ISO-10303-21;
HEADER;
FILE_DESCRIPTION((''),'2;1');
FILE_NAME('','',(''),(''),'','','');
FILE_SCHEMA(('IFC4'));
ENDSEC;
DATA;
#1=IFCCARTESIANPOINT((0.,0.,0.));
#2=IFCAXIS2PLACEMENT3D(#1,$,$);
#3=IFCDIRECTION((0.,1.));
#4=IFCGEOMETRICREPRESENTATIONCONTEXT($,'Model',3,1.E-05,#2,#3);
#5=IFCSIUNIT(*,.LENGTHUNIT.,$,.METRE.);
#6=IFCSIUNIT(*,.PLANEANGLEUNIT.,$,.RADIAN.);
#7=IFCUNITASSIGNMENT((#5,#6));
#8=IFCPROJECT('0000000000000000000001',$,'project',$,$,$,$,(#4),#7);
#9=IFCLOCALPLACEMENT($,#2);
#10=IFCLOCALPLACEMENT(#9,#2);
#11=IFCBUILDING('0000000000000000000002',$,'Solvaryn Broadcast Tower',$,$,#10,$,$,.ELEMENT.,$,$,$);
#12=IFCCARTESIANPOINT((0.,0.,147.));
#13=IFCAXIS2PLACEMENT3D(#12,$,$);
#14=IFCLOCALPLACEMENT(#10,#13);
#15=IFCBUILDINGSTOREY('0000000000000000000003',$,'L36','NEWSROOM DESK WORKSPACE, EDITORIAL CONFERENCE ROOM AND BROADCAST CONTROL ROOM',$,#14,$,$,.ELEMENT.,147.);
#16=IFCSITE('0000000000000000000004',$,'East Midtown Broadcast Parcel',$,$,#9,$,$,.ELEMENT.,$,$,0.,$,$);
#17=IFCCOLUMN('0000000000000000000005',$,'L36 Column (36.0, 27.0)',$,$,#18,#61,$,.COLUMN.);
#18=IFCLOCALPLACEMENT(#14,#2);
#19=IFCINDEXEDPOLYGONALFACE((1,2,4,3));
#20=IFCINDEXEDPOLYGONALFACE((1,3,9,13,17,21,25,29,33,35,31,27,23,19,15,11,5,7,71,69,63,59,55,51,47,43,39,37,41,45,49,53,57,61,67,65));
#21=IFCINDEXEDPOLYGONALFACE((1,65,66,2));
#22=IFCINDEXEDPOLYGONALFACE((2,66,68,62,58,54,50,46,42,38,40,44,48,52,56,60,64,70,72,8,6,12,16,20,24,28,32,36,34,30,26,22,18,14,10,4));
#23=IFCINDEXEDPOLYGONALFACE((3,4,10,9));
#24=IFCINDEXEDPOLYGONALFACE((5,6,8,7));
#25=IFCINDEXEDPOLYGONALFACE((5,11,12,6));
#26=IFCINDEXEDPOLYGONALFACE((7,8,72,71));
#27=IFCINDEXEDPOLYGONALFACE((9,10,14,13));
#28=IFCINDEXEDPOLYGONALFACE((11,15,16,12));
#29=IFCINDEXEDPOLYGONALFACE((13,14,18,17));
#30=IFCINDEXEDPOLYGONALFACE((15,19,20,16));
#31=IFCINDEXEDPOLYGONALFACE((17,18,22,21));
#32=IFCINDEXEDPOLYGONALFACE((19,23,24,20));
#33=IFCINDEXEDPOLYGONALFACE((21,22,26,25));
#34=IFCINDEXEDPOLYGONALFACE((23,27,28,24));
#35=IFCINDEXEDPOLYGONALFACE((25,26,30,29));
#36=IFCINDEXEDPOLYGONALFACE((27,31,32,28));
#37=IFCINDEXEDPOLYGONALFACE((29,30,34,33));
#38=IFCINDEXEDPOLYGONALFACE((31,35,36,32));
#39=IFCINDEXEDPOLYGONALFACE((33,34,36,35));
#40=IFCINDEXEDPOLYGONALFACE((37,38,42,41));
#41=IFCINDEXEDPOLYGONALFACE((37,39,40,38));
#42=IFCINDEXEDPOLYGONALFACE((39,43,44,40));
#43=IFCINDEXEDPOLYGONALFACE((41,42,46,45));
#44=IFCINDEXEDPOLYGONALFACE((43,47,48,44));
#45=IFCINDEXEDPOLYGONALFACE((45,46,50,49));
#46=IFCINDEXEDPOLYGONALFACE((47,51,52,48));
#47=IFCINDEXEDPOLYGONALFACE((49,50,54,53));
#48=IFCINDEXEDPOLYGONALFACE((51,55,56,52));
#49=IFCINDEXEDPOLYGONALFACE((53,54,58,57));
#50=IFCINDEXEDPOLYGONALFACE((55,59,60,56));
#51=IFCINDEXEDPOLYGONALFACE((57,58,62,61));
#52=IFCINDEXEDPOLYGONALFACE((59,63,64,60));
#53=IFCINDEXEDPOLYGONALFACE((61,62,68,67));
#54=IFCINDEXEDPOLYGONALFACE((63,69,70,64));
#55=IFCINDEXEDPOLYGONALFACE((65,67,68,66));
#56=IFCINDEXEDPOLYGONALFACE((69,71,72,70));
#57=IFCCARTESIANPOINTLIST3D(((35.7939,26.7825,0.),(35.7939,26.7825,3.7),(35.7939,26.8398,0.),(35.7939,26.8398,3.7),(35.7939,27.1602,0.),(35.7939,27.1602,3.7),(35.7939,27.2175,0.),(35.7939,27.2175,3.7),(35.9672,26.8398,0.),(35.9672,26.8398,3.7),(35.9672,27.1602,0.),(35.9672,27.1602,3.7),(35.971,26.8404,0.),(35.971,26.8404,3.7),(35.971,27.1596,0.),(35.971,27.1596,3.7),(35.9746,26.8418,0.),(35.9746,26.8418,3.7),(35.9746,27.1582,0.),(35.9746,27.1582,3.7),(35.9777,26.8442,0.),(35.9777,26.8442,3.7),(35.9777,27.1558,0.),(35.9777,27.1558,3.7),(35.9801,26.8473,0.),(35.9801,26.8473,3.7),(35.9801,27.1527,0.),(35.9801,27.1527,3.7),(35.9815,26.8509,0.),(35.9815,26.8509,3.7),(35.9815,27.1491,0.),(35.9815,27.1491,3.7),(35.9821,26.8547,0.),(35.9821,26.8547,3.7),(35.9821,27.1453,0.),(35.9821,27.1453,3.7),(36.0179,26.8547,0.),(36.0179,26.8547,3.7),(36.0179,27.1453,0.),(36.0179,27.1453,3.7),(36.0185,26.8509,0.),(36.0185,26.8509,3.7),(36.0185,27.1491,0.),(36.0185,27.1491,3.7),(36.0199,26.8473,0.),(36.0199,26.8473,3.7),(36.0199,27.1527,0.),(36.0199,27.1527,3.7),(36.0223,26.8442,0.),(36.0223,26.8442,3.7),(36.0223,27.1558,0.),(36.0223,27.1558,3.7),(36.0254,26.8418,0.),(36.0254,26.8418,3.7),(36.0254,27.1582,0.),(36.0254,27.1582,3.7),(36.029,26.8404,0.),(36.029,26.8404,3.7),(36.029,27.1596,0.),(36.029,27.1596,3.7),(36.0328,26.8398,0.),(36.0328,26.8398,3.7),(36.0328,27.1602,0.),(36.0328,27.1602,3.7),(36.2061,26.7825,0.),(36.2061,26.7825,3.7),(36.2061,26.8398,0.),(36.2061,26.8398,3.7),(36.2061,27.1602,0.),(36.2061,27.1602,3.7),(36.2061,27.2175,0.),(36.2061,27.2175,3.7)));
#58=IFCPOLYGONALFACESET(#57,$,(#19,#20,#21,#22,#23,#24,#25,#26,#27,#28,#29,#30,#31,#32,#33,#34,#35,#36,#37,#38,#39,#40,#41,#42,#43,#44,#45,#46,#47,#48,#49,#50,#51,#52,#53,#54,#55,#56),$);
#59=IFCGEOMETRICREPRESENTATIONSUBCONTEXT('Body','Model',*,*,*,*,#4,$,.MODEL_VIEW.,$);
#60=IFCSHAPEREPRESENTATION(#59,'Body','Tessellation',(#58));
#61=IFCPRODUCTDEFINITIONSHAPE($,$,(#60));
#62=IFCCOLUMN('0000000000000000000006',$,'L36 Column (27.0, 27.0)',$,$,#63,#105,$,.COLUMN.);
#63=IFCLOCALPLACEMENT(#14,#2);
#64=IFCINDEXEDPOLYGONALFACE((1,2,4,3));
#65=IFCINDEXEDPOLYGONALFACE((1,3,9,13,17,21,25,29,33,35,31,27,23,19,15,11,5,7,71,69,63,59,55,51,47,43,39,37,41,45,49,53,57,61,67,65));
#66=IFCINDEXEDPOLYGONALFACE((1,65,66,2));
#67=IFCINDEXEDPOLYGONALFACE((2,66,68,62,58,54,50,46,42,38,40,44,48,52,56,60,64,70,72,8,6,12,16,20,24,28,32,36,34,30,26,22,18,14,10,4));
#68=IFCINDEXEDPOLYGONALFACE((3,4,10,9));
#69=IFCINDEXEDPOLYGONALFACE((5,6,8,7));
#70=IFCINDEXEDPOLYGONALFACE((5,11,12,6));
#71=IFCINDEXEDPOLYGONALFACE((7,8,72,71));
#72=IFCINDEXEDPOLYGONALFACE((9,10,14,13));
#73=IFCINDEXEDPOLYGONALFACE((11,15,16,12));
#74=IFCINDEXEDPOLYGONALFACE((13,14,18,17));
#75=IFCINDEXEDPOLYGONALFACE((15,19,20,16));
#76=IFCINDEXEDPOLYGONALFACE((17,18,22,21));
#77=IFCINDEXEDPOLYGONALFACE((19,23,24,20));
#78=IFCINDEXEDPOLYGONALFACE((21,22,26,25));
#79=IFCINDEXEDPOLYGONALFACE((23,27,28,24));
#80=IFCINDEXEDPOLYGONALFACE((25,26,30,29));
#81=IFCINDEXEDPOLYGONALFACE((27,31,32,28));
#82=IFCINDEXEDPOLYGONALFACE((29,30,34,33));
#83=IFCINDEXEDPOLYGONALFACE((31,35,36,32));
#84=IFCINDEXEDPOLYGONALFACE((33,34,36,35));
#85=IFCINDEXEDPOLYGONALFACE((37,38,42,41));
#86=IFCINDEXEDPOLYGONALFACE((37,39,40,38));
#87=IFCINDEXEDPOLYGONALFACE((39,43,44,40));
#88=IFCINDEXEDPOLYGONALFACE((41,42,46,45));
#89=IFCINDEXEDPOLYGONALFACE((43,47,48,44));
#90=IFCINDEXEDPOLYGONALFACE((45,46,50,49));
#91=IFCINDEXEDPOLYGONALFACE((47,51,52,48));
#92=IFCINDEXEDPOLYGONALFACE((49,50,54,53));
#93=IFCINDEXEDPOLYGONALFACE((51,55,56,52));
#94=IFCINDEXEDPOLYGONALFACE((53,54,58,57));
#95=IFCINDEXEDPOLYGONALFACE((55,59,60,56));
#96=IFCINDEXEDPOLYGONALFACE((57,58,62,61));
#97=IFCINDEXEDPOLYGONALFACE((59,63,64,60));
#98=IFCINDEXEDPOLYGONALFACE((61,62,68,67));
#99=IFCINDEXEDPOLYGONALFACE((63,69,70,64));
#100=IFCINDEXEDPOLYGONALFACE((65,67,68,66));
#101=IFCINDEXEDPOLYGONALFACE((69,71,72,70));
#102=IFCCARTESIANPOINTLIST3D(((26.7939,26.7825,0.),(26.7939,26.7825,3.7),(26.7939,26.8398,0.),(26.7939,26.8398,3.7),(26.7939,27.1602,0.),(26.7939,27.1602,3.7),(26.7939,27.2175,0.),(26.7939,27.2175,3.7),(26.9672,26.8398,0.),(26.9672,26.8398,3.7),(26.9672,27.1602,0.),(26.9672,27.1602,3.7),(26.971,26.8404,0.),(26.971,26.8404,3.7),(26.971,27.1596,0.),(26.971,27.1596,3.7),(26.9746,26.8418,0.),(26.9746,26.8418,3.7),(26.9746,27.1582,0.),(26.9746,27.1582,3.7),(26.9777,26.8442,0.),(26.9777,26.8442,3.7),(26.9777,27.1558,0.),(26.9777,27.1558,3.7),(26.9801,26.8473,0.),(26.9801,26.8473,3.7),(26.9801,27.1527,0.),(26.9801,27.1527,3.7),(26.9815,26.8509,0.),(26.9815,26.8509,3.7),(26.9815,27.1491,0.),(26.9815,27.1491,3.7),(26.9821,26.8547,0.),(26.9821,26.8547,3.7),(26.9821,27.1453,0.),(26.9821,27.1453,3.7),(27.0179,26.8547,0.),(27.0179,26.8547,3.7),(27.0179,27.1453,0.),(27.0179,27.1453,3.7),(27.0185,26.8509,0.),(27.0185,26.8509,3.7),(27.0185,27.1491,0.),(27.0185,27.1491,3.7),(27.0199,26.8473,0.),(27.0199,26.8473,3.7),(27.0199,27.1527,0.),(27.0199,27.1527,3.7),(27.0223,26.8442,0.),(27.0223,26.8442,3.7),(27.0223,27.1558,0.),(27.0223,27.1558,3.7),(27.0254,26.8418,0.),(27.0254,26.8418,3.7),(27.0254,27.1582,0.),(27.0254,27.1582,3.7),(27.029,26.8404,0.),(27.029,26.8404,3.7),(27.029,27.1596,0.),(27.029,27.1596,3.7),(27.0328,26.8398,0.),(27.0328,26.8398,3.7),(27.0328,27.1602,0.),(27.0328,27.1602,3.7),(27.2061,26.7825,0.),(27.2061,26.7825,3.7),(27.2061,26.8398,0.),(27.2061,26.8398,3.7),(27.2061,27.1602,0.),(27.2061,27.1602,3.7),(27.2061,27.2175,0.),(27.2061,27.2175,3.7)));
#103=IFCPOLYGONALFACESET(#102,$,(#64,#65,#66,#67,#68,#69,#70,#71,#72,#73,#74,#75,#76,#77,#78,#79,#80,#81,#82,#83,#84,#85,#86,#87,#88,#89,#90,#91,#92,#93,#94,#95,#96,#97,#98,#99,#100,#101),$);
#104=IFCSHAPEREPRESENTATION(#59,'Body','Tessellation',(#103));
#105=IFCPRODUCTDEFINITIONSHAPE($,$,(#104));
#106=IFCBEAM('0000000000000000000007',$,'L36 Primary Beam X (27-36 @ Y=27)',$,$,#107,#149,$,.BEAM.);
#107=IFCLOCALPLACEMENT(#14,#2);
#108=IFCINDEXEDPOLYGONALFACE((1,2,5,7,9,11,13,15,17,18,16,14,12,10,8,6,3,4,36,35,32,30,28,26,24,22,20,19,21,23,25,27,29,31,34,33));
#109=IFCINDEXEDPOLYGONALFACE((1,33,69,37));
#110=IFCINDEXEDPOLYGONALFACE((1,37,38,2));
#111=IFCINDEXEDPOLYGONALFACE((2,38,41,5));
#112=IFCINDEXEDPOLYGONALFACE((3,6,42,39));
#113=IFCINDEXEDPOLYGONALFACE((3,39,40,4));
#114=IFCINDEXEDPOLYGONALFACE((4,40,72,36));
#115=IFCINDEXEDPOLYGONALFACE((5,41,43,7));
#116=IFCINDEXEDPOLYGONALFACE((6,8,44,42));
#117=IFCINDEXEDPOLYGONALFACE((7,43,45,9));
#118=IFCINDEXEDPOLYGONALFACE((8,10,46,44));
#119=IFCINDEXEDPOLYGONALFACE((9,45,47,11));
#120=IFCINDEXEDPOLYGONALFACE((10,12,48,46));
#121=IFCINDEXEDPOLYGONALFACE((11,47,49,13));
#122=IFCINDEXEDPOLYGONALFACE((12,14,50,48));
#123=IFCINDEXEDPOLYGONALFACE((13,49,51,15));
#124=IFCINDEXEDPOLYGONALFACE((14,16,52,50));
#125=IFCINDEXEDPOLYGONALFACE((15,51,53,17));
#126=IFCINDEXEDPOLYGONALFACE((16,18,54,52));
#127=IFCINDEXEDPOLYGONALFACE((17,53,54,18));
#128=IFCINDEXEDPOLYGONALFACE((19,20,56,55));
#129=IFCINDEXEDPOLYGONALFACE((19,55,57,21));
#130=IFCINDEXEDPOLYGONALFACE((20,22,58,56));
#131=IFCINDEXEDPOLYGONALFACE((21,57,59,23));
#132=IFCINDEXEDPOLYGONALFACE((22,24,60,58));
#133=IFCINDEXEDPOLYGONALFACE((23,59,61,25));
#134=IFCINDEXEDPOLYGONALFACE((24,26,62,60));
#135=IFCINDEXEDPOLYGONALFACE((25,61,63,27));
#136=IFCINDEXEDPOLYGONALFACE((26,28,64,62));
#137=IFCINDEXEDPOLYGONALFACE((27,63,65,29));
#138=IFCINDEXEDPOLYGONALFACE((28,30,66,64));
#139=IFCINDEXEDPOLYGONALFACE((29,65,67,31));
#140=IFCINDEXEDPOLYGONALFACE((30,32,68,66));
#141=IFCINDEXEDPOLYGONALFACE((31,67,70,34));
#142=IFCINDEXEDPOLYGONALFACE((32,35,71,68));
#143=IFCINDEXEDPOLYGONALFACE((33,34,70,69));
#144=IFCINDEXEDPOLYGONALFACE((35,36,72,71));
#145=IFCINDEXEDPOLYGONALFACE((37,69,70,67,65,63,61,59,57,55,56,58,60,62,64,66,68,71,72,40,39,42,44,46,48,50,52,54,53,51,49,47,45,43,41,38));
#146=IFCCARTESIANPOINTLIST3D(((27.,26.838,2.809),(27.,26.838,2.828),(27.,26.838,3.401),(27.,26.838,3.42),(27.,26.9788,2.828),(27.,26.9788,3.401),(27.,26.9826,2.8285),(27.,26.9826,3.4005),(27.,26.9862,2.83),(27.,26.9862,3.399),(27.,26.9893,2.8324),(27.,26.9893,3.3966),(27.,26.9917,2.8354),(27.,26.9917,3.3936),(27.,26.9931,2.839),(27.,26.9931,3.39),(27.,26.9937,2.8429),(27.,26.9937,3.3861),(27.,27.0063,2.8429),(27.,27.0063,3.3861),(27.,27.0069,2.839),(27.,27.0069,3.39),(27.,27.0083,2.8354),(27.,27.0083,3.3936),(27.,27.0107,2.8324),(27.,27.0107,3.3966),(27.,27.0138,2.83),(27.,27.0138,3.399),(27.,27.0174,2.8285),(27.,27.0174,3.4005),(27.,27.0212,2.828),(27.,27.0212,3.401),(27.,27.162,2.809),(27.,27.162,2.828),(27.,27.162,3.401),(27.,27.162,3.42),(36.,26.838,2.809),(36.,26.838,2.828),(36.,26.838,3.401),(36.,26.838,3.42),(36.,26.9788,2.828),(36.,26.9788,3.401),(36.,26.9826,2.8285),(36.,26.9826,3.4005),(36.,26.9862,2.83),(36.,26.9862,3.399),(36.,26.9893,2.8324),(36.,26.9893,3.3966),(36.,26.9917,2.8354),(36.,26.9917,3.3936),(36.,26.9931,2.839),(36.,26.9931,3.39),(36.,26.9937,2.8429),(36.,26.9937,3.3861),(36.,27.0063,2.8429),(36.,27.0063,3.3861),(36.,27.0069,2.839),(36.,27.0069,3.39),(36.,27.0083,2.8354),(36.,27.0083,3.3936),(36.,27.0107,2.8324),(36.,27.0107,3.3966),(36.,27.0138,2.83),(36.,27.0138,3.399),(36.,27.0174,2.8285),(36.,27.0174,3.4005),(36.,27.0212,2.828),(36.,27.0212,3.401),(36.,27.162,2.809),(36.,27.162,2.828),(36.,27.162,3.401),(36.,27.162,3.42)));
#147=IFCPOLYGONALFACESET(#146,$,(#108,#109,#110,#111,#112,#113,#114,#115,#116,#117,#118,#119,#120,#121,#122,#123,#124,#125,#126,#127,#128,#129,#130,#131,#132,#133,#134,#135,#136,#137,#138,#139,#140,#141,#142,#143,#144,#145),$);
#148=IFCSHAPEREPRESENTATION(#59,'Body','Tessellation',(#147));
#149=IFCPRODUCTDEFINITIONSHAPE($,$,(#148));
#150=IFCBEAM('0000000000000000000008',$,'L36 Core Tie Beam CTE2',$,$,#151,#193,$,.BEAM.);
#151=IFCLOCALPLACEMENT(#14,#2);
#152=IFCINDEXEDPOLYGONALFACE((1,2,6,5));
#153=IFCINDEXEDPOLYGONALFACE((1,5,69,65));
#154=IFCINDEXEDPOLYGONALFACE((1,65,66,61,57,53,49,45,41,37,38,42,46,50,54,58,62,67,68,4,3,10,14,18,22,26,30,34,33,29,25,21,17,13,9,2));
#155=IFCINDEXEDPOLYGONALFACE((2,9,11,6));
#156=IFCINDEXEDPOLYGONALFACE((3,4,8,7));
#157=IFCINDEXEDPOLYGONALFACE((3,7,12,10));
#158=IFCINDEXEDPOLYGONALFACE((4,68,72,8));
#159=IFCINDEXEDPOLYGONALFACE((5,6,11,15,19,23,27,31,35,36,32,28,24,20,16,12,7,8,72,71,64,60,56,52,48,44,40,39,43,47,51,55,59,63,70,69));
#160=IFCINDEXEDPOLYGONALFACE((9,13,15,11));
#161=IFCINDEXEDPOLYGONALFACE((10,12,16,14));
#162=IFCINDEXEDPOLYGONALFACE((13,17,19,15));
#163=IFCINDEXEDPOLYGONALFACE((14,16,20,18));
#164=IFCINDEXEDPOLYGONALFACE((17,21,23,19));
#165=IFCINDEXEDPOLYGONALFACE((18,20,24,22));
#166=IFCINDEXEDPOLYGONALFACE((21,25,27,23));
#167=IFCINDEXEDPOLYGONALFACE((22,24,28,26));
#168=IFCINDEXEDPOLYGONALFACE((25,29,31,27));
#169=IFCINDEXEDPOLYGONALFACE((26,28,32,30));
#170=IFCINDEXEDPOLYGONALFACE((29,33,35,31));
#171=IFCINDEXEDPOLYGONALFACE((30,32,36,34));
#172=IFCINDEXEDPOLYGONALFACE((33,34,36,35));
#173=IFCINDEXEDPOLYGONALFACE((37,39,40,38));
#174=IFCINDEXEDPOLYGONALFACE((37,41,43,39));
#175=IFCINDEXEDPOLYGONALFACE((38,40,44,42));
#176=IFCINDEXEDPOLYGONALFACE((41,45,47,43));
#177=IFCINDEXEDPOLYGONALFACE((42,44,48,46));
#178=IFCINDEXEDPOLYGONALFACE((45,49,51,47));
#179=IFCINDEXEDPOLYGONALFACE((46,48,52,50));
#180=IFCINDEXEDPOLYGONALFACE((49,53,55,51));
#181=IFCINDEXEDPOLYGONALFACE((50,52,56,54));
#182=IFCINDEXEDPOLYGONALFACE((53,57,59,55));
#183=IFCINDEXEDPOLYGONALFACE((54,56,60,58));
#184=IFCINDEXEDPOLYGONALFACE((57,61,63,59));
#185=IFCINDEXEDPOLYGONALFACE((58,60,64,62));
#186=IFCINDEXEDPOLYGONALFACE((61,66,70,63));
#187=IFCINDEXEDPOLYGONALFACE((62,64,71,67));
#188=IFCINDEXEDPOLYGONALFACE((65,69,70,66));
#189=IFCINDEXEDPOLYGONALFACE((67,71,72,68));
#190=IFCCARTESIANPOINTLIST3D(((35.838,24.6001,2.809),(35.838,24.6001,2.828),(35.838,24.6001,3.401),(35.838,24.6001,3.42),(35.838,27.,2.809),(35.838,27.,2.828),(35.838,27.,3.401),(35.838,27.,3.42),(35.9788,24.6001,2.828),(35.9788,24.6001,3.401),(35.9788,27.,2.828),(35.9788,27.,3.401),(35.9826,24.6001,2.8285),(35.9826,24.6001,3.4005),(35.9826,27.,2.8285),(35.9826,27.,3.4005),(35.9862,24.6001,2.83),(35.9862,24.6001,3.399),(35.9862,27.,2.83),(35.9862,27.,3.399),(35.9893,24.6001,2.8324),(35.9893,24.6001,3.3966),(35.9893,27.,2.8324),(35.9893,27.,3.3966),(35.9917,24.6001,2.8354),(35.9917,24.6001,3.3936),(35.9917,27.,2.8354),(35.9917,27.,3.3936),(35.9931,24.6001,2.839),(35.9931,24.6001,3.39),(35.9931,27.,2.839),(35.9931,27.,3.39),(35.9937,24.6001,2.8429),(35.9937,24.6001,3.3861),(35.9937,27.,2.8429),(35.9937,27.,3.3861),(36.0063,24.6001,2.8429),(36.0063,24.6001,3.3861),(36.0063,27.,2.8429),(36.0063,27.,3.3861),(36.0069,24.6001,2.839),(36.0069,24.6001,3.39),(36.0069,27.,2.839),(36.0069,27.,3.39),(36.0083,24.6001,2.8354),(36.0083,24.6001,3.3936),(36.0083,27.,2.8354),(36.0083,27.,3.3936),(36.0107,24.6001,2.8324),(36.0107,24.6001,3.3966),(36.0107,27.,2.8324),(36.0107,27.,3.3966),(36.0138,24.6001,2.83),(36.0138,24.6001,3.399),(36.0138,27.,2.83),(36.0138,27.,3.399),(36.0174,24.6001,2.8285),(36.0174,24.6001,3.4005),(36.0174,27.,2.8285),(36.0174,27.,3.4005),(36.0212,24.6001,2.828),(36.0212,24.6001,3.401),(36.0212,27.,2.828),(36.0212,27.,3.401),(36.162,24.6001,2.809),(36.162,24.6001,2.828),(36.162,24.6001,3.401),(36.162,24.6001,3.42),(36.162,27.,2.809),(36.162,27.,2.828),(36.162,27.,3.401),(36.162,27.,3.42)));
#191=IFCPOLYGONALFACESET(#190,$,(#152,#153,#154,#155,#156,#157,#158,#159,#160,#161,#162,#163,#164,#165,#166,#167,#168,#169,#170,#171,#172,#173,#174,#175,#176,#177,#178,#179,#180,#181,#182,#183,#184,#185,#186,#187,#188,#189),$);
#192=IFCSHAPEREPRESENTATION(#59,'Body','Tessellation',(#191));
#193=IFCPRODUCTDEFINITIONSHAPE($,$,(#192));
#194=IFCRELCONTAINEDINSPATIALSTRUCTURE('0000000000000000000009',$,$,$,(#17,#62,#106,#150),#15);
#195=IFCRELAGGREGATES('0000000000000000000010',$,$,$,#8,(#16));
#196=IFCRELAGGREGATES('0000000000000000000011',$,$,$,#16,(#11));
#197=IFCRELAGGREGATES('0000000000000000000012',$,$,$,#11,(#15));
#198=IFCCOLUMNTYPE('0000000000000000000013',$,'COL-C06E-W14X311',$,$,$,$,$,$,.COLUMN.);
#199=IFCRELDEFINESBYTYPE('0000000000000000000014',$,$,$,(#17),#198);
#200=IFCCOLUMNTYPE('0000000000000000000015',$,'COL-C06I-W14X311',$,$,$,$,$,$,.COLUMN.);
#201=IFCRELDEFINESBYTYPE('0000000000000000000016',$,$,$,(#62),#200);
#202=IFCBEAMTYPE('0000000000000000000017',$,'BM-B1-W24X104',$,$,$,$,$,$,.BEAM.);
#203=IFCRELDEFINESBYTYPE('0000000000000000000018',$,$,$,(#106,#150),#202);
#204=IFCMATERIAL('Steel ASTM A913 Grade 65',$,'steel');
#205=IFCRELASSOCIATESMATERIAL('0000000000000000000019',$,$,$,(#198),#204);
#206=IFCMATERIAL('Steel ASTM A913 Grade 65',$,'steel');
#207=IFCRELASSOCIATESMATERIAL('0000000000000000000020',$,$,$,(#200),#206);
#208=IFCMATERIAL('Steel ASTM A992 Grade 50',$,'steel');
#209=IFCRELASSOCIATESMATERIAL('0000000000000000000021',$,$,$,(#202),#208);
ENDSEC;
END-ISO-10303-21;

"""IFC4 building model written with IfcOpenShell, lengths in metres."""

from ifc_helpers import new_model, si_unit, direction, frame, origin, origin_2d, place, context, subcontext, project, spatial, i_section, extrude, material, material_profile, profile_set, type_object, element, save


model = new_model("IFC4")

# Units and contexts
model_context = context("Model", 3, precision=1e-05, world=origin(), true_north=direction((0.0, 1.0)))
body_context = subcontext(model_context, "Body", "Model", "MODEL_VIEW")
ifc_project = project(units=[si_unit("LENGTHUNIT", "METRE"), si_unit("PLANEANGLEUNIT", "RADIAN")], contexts=[model_context])

# Site, building, storey
site_placement = place(None, origin())
site = spatial("IfcSite", under=ifc_project, at=site_placement, Name="East Midtown Broadcast Parcel", CompositionType="ELEMENT", RefElevation=0.0)
building_placement = place(site_placement, origin())
building = spatial("IfcBuilding", under=site, at=building_placement, Name="Solvaryn Broadcast Tower", CompositionType="ELEMENT")
storey_placement = place(building_placement, frame((0.0, 0.0, 147.0)))
storey = spatial("IfcBuildingStorey", under=building, at=storey_placement, Name="L36", Description="NEWSROOM DESK WORKSPACE, EDITORIAL CONFERENCE ROOM AND BROADCAST CONTROL ROOM", CompositionType="ELEMENT", Elevation=147.0)

# Columns
ifc_material_1 = material(Name="Steel ASTM A913 Grade 65", Category="steel")
ifc_material_profile_1 = material_profile(ifc_material_1, i_section(OverallWidth=0.4121, OverallDepth=0.4351, WebThickness=0.0359, FlangeThickness=0.0574, FilletRadius=0.0149, at=origin_2d()))
ifc_profile_set_1 = profile_set([ifc_material_profile_1], Name="Steel ASTM A913 Grade 65")
column_type_1 = type_object("IfcColumnType", Name="COL-C06E-W14X311", PredefinedType="COLUMN", material=ifc_profile_set_1)
column_1_placement = place(storey_placement, frame((36.0, 27.0, 0.0), z_axis=(0.0, 0.0, 1.0), x_axis=(1.0, 0.0, 0.0)))
element("IfcColumn", 1, at=column_1_placement, inside=storey, type_object=column_type_1, Name="L36 Column (36.0, 27.0)", PredefinedType="COLUMN", context=body_context, shape_type="SweptSolid", body=[
    extrude(i_section(OverallWidth=0.4121, OverallDepth=0.4351, WebThickness=0.0359, FlangeThickness=0.0574, FilletRadius=0.0149, at=origin_2d()), origin(), (0.0, 0.0, 1.0), 3.7),
])
ifc_material_2 = material(Name="Steel ASTM A913 Grade 65", Category="steel")
ifc_material_profile_2 = material_profile(ifc_material_2, i_section(OverallWidth=0.4121, OverallDepth=0.4351, WebThickness=0.0359, FlangeThickness=0.0574, FilletRadius=0.0149, at=origin_2d()))
ifc_profile_set_2 = profile_set([ifc_material_profile_2], Name="Steel ASTM A913 Grade 65")
column_type_2 = type_object("IfcColumnType", Name="COL-C06I-W14X311", PredefinedType="COLUMN", material=ifc_profile_set_2)
column_2_placement = place(storey_placement, frame((27.0, 27.0, 0.0), z_axis=(0.0, 0.0, 1.0), x_axis=(1.0, 0.0, 0.0)))
element("IfcColumn", 2, at=column_2_placement, inside=storey, type_object=column_type_2, Name="L36 Column (27.0, 27.0)", PredefinedType="COLUMN", context=body_context, shape_type="SweptSolid", body=[
    extrude(i_section(OverallWidth=0.4121, OverallDepth=0.4351, WebThickness=0.0359, FlangeThickness=0.0574, FilletRadius=0.0149, at=origin_2d()), origin(), (0.0, 0.0, 1.0), 3.7),
])

# Beams
ifc_material_3 = material(Name="Steel ASTM A992 Grade 50", Category="steel")
ifc_material_profile_3 = material_profile(ifc_material_3, i_section(OverallWidth=0.324, OverallDepth=0.6111, WebThickness=0.0127, FlangeThickness=0.019, FilletRadius=0.0149, at=origin_2d()))
ifc_profile_set_3 = profile_set([ifc_material_profile_3], Name="Steel ASTM A992 Grade 50")
beam_type_1 = type_object("IfcBeamType", Name="BM-B1-W24X104", PredefinedType="BEAM", material=ifc_profile_set_3)
beam_1_placement = place(storey_placement, frame((27.0, 27.0, 3.1145), z_axis=(1.0, 0.0, 0.0), x_axis=(0.0, 1.0, 0.0)))
element("IfcBeam", 3, at=beam_1_placement, inside=storey, type_object=beam_type_1, Name="L36 Primary Beam X (27-36 @ Y=27)", PredefinedType="BEAM", context=body_context, shape_type="SweptSolid", body=[
    extrude(i_section(OverallWidth=0.324, OverallDepth=0.6111, WebThickness=0.0127, FlangeThickness=0.019, FilletRadius=0.0149, at=origin_2d()), origin(), (0.0, 0.0, 1.0), 9.0),
])
beam_2_placement = place(storey_placement, frame((36.0, 24.6001, 3.1145), z_axis=(0.0, 1.0, 0.0), x_axis=(-1.0, 0.0, 0.0)))
element("IfcBeam", 4, at=beam_2_placement, inside=storey, type_object=beam_type_1, Name="L36 Core Tie Beam CTE2", PredefinedType="BEAM", context=body_context, shape_type="SweptSolid", body=[
    extrude(i_section(OverallWidth=0.324, OverallDepth=0.6111, WebThickness=0.0127, FlangeThickness=0.019, FilletRadius=0.0149, at=origin_2d()), origin(), (0.0, 0.0, 1.0), 2.3999),
])

save(model, "model.ifc")
